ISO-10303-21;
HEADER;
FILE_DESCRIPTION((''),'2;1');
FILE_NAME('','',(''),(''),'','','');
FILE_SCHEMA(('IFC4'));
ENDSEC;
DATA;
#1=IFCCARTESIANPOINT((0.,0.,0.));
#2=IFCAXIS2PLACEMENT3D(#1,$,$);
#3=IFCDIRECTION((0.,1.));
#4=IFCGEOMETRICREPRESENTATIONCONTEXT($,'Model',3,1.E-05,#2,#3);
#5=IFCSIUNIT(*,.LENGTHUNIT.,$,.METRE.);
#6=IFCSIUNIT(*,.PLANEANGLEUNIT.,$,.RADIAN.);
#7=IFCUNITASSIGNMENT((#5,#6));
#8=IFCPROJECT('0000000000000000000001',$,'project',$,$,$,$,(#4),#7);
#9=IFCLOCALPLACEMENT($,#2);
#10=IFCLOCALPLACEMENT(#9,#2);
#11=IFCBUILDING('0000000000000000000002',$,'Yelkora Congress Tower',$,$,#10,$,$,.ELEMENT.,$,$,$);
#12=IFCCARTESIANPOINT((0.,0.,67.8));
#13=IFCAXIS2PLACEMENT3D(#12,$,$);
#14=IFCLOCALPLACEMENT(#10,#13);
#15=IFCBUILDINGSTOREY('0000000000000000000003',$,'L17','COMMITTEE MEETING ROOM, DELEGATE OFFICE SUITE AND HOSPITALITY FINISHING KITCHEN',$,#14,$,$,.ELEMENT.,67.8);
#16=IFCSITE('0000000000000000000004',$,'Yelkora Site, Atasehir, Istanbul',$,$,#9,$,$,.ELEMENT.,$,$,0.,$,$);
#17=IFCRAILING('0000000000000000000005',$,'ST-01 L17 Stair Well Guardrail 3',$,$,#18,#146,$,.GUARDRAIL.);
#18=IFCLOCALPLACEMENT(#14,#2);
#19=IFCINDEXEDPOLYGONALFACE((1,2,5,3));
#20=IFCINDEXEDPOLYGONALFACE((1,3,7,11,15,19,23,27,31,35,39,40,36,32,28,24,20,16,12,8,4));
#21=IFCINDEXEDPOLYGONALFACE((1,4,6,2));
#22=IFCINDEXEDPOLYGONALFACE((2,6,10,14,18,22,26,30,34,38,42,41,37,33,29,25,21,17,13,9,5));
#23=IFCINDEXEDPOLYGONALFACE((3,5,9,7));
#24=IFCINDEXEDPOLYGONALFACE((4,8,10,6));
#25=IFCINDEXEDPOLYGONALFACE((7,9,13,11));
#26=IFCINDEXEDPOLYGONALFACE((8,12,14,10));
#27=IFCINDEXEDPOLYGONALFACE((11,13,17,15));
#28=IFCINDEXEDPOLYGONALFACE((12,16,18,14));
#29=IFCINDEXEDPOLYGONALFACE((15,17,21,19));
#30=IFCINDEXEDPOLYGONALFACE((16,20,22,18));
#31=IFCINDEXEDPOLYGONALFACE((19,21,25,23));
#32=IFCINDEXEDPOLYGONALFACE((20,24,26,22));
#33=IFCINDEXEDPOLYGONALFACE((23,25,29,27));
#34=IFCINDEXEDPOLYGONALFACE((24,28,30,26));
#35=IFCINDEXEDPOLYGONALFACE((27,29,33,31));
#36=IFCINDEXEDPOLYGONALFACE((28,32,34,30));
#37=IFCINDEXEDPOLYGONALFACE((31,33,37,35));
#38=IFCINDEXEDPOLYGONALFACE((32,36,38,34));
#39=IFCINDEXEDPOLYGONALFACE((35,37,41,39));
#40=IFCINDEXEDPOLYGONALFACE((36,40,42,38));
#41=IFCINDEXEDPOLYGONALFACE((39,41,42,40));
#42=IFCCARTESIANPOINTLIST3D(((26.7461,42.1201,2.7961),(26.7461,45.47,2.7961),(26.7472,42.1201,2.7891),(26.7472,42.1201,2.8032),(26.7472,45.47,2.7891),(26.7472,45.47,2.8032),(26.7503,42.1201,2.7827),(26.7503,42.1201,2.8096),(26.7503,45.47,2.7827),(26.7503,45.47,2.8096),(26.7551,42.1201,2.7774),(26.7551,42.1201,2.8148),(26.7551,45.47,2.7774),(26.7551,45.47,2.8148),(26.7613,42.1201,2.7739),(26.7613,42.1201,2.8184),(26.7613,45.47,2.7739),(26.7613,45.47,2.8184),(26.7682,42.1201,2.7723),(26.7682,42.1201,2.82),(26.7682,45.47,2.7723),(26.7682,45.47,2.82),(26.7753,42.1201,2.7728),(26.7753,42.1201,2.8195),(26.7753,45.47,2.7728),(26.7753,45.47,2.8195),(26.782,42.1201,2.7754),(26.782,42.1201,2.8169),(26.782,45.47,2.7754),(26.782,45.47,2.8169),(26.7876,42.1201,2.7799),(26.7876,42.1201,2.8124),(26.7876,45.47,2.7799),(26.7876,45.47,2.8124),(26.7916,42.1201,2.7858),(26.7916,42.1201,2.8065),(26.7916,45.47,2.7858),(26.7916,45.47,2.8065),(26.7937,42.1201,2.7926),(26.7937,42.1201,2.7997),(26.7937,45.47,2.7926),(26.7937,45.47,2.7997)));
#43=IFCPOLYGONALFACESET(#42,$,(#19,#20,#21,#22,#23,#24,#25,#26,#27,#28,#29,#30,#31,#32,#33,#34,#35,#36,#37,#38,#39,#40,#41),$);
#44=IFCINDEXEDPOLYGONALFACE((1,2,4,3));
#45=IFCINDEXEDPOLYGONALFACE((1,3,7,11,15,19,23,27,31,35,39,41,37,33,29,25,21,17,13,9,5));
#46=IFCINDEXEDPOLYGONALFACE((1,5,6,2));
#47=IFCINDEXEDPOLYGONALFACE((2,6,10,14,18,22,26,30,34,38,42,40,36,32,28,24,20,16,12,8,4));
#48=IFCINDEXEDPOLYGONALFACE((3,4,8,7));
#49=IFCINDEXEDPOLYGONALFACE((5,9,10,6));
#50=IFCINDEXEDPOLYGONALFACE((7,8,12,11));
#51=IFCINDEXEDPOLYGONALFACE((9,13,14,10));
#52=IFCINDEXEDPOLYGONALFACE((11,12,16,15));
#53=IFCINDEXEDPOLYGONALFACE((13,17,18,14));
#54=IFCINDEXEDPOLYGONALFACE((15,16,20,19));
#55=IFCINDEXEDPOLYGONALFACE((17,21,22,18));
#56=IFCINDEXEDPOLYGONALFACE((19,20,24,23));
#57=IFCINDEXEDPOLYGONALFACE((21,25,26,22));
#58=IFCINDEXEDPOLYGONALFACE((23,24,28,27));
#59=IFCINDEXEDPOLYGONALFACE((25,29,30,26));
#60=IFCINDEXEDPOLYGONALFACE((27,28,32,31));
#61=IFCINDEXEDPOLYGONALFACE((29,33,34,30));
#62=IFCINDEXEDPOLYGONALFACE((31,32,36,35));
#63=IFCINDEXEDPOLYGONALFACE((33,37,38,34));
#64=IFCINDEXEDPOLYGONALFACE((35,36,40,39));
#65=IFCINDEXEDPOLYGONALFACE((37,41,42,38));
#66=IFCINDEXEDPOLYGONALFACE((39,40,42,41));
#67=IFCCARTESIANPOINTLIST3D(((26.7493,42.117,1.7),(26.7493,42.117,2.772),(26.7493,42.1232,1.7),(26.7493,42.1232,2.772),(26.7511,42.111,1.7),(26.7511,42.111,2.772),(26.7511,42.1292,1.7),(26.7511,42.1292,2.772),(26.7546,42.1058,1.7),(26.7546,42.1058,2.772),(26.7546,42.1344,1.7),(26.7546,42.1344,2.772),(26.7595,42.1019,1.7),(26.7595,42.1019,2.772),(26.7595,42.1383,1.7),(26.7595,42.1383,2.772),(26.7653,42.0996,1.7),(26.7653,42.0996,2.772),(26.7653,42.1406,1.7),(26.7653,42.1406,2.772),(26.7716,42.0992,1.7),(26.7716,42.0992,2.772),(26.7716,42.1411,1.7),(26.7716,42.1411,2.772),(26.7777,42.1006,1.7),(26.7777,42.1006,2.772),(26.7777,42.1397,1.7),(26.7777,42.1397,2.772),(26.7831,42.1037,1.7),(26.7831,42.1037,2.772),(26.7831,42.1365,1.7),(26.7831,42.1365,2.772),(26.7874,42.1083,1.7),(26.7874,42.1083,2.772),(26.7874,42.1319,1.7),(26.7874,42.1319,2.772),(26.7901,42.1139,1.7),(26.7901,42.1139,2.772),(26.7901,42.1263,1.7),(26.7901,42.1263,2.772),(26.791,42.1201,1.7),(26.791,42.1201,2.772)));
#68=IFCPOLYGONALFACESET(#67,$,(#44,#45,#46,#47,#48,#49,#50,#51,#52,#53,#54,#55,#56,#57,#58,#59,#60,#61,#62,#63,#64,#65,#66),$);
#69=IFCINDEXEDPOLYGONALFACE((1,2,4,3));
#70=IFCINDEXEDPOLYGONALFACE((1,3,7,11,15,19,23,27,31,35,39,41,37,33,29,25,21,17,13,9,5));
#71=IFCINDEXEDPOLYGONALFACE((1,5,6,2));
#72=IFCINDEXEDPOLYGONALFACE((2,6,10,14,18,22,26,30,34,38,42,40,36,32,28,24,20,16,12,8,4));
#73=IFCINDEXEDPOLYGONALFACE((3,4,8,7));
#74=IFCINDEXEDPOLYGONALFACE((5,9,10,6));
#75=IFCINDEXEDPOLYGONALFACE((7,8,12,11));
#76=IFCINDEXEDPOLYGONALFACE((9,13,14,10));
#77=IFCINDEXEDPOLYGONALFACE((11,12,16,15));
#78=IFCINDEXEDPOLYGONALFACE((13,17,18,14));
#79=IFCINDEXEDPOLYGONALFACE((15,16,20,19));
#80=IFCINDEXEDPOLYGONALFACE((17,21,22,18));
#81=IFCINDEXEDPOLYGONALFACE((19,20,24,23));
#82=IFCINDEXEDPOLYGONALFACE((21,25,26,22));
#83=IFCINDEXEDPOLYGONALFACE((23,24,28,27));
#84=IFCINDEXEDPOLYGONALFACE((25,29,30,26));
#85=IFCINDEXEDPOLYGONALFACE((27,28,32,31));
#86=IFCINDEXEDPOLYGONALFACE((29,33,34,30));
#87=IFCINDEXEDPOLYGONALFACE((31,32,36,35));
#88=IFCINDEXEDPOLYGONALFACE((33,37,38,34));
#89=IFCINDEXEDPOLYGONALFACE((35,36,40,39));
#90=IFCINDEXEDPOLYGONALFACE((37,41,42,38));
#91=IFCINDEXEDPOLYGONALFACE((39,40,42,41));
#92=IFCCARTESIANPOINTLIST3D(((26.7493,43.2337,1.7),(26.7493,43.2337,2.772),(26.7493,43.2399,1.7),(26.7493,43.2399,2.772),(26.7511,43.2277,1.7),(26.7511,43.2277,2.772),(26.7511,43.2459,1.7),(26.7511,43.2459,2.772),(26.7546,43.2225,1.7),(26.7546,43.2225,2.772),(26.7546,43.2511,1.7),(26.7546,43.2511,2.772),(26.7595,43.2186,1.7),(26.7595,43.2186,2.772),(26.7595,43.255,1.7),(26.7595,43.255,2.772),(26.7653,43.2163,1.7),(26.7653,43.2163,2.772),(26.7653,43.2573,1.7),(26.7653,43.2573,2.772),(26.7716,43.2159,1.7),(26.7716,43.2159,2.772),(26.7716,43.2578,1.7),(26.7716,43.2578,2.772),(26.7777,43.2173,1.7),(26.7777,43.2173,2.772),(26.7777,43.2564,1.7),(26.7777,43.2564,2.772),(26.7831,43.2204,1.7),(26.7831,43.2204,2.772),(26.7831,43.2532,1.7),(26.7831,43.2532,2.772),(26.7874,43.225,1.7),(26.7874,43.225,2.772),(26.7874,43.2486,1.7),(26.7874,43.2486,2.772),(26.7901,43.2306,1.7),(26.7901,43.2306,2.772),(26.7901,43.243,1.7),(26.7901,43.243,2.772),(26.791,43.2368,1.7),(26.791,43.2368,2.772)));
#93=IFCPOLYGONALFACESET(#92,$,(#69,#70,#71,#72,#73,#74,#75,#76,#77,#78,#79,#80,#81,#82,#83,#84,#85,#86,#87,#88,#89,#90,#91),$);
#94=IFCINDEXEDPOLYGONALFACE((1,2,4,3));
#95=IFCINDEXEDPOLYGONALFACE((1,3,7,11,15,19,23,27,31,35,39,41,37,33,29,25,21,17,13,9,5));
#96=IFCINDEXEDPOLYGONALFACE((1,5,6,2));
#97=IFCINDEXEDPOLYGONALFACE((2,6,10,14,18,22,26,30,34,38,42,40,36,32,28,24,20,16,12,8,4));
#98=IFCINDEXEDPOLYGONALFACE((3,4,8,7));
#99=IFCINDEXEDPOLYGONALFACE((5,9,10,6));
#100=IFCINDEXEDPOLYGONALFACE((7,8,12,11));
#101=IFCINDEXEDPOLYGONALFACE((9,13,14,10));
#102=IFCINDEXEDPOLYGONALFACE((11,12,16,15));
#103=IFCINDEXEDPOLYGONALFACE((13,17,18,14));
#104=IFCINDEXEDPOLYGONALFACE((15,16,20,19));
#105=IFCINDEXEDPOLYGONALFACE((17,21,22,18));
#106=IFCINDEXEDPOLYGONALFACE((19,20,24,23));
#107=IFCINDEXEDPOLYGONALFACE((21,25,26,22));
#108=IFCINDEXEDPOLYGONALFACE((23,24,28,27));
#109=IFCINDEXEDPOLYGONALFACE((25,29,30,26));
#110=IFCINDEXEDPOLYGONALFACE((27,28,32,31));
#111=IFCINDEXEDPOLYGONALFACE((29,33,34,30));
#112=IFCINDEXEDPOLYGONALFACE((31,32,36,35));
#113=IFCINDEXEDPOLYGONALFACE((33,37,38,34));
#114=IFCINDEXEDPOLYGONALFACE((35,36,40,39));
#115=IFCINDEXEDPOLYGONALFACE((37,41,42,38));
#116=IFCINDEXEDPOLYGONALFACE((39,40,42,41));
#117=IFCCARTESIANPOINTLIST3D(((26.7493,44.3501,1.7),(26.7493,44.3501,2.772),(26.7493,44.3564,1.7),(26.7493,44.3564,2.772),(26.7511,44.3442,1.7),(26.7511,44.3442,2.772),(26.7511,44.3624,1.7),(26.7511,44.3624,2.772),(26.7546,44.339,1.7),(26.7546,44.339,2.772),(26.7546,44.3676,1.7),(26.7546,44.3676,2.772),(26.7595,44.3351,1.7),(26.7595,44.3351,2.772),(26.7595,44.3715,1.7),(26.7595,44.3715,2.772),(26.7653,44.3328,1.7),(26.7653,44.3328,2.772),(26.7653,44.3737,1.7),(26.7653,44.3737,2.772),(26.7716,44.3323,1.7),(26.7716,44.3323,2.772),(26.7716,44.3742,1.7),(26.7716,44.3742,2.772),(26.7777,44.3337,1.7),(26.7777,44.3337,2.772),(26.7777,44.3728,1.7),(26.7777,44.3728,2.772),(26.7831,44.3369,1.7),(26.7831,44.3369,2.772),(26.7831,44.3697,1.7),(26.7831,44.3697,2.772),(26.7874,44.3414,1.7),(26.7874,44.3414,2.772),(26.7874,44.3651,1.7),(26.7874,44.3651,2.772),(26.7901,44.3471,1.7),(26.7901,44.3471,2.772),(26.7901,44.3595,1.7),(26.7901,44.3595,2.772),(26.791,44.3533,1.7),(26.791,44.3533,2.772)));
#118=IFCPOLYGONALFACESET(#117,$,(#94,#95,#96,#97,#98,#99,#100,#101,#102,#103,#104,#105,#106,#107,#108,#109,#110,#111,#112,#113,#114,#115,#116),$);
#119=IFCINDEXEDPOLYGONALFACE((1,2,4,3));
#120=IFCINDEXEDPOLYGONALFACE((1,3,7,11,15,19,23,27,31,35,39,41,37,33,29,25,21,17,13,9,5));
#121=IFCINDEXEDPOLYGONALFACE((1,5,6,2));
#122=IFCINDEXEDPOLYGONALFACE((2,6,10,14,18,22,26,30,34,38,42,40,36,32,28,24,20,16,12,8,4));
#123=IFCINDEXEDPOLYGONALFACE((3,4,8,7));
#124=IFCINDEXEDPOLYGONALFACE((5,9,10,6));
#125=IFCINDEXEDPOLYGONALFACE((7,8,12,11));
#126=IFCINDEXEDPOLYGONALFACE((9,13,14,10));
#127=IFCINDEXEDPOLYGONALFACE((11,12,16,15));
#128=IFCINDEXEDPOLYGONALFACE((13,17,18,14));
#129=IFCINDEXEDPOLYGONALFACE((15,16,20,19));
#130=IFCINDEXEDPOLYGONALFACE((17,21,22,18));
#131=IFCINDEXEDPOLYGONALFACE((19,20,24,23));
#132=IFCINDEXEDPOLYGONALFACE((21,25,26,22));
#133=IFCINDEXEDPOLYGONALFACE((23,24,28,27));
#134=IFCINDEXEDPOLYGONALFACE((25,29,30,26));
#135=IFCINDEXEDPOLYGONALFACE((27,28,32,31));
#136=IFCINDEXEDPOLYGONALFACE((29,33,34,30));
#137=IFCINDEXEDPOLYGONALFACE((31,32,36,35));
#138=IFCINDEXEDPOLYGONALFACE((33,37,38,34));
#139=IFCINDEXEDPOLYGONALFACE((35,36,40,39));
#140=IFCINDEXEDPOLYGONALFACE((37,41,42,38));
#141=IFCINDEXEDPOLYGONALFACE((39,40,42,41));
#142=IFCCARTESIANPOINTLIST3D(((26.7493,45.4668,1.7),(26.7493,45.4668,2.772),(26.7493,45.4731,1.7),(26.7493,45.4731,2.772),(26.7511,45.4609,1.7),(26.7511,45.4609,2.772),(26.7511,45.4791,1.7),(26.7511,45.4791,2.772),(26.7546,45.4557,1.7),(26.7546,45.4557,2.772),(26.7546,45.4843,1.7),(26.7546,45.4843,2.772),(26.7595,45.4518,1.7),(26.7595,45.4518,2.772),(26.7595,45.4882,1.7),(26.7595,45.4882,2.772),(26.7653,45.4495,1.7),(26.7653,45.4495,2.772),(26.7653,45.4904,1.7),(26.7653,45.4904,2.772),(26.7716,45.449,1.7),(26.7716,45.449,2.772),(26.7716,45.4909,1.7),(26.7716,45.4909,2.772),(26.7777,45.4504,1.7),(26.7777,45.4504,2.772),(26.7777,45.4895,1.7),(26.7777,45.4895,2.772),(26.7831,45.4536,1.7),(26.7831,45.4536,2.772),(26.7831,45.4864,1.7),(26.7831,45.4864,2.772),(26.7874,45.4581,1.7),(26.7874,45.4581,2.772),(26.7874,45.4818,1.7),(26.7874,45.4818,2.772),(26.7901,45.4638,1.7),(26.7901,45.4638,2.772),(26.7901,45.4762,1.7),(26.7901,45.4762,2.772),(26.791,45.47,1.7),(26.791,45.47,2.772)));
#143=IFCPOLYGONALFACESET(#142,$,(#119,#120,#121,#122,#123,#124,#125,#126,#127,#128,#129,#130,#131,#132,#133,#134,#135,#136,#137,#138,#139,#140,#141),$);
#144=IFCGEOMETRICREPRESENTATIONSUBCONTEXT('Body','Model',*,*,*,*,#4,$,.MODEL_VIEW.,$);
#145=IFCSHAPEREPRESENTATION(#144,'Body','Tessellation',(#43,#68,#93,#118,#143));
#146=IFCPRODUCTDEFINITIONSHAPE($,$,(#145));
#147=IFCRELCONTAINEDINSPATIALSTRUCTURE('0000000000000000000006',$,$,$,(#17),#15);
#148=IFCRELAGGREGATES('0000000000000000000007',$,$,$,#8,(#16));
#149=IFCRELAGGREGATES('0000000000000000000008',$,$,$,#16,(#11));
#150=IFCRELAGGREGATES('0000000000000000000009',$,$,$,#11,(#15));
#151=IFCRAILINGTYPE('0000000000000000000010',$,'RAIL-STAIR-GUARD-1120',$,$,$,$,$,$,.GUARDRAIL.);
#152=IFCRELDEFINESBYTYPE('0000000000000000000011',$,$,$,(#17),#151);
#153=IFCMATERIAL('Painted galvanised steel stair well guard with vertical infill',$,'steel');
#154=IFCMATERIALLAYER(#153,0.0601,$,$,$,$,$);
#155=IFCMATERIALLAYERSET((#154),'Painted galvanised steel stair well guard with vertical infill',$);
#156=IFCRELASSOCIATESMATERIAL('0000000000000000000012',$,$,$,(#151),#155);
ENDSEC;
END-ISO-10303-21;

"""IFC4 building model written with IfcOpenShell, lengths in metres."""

from ifc_helpers import new_model, si_unit, direction, frame, origin, origin_2d, place, context, subcontext, project, spatial, circle, extrude, material, layer, layer_set, type_object, element, save


model = new_model("IFC4")

# Units and contexts
model_context = context("Model", 3, precision=1e-05, world=origin(), true_north=direction((0.0, 1.0)))
body_context = subcontext(model_context, "Body", "Model", "MODEL_VIEW")
ifc_project = project(units=[si_unit("LENGTHUNIT", "METRE"), si_unit("PLANEANGLEUNIT", "RADIAN")], contexts=[model_context])

# Site, building, storey
site_placement = place(None, origin())
site = spatial("IfcSite", under=ifc_project, at=site_placement, Name="Yelkora Site, Atasehir, Istanbul", CompositionType="ELEMENT", RefElevation=0.0)
building_placement = place(site_placement, origin())
building = spatial("IfcBuilding", under=site, at=building_placement, Name="Yelkora Congress Tower", CompositionType="ELEMENT")
storey_placement = place(building_placement, frame((0.0, 0.0, 67.8)))
storey = spatial("IfcBuildingStorey", under=building, at=storey_placement, Name="L17", Description="COMMITTEE MEETING ROOM, DELEGATE OFFICE SUITE AND HOSPITALITY FINISHING KITCHEN", CompositionType="ELEMENT", Elevation=67.8)

# Railing
ifc_material_1 = material(Name="Painted galvanised steel stair well guard with vertical infill", Category="steel")
ifc_layer_1 = layer(ifc_material_1, 0.0601)
ifc_layer_set_1 = layer_set([ifc_layer_1], Name="Painted galvanised steel stair well guard with vertical infill")
railing_type_1 = type_object("IfcRailingType", Name="RAIL-STAIR-GUARD-1120", PredefinedType="GUARDRAIL", material=ifc_layer_set_1)
for number, where, name in (
    (1, (26.77, 42.1201, 1.7), "ST-01 L17 Stair Well Guardrail 3"),
):
    element("IfcRailing", number, at=place(storey_placement, frame(where)), inside=storey, type_object=railing_type_1, Name=name, PredefinedType="GUARDRAIL", context=body_context, shape_type="SweptSolid", body=[
        extrude(circle(Radius=0.0239, at=origin_2d()), frame((0.0, 0.0, 1.0962), z_axis=(0.0, 1.0, 0.0), x_axis=(-1.0, 0.0, 0.0)), (0.0, 0.0, 1.0), 3.3499),
        extrude(circle(Radius=0.021, at=origin_2d()), origin(), (0.0, 0.0, 1.0), 1.072),
        extrude(circle(Radius=0.021, at=origin_2d()), frame((0.0, 1.1167, 0.0)), (0.0, 0.0, 1.0), 1.072),
        extrude(circle(Radius=0.021, at=origin_2d()), frame((0.0, 2.2332, 0.0)), (0.0, 0.0, 1.0), 1.072),
        extrude(circle(Radius=0.021, at=origin_2d()), frame((0.0, 3.3499, 0.0)), (0.0, 0.0, 1.0), 1.072),
    ])

save(model, "model.ifc")
